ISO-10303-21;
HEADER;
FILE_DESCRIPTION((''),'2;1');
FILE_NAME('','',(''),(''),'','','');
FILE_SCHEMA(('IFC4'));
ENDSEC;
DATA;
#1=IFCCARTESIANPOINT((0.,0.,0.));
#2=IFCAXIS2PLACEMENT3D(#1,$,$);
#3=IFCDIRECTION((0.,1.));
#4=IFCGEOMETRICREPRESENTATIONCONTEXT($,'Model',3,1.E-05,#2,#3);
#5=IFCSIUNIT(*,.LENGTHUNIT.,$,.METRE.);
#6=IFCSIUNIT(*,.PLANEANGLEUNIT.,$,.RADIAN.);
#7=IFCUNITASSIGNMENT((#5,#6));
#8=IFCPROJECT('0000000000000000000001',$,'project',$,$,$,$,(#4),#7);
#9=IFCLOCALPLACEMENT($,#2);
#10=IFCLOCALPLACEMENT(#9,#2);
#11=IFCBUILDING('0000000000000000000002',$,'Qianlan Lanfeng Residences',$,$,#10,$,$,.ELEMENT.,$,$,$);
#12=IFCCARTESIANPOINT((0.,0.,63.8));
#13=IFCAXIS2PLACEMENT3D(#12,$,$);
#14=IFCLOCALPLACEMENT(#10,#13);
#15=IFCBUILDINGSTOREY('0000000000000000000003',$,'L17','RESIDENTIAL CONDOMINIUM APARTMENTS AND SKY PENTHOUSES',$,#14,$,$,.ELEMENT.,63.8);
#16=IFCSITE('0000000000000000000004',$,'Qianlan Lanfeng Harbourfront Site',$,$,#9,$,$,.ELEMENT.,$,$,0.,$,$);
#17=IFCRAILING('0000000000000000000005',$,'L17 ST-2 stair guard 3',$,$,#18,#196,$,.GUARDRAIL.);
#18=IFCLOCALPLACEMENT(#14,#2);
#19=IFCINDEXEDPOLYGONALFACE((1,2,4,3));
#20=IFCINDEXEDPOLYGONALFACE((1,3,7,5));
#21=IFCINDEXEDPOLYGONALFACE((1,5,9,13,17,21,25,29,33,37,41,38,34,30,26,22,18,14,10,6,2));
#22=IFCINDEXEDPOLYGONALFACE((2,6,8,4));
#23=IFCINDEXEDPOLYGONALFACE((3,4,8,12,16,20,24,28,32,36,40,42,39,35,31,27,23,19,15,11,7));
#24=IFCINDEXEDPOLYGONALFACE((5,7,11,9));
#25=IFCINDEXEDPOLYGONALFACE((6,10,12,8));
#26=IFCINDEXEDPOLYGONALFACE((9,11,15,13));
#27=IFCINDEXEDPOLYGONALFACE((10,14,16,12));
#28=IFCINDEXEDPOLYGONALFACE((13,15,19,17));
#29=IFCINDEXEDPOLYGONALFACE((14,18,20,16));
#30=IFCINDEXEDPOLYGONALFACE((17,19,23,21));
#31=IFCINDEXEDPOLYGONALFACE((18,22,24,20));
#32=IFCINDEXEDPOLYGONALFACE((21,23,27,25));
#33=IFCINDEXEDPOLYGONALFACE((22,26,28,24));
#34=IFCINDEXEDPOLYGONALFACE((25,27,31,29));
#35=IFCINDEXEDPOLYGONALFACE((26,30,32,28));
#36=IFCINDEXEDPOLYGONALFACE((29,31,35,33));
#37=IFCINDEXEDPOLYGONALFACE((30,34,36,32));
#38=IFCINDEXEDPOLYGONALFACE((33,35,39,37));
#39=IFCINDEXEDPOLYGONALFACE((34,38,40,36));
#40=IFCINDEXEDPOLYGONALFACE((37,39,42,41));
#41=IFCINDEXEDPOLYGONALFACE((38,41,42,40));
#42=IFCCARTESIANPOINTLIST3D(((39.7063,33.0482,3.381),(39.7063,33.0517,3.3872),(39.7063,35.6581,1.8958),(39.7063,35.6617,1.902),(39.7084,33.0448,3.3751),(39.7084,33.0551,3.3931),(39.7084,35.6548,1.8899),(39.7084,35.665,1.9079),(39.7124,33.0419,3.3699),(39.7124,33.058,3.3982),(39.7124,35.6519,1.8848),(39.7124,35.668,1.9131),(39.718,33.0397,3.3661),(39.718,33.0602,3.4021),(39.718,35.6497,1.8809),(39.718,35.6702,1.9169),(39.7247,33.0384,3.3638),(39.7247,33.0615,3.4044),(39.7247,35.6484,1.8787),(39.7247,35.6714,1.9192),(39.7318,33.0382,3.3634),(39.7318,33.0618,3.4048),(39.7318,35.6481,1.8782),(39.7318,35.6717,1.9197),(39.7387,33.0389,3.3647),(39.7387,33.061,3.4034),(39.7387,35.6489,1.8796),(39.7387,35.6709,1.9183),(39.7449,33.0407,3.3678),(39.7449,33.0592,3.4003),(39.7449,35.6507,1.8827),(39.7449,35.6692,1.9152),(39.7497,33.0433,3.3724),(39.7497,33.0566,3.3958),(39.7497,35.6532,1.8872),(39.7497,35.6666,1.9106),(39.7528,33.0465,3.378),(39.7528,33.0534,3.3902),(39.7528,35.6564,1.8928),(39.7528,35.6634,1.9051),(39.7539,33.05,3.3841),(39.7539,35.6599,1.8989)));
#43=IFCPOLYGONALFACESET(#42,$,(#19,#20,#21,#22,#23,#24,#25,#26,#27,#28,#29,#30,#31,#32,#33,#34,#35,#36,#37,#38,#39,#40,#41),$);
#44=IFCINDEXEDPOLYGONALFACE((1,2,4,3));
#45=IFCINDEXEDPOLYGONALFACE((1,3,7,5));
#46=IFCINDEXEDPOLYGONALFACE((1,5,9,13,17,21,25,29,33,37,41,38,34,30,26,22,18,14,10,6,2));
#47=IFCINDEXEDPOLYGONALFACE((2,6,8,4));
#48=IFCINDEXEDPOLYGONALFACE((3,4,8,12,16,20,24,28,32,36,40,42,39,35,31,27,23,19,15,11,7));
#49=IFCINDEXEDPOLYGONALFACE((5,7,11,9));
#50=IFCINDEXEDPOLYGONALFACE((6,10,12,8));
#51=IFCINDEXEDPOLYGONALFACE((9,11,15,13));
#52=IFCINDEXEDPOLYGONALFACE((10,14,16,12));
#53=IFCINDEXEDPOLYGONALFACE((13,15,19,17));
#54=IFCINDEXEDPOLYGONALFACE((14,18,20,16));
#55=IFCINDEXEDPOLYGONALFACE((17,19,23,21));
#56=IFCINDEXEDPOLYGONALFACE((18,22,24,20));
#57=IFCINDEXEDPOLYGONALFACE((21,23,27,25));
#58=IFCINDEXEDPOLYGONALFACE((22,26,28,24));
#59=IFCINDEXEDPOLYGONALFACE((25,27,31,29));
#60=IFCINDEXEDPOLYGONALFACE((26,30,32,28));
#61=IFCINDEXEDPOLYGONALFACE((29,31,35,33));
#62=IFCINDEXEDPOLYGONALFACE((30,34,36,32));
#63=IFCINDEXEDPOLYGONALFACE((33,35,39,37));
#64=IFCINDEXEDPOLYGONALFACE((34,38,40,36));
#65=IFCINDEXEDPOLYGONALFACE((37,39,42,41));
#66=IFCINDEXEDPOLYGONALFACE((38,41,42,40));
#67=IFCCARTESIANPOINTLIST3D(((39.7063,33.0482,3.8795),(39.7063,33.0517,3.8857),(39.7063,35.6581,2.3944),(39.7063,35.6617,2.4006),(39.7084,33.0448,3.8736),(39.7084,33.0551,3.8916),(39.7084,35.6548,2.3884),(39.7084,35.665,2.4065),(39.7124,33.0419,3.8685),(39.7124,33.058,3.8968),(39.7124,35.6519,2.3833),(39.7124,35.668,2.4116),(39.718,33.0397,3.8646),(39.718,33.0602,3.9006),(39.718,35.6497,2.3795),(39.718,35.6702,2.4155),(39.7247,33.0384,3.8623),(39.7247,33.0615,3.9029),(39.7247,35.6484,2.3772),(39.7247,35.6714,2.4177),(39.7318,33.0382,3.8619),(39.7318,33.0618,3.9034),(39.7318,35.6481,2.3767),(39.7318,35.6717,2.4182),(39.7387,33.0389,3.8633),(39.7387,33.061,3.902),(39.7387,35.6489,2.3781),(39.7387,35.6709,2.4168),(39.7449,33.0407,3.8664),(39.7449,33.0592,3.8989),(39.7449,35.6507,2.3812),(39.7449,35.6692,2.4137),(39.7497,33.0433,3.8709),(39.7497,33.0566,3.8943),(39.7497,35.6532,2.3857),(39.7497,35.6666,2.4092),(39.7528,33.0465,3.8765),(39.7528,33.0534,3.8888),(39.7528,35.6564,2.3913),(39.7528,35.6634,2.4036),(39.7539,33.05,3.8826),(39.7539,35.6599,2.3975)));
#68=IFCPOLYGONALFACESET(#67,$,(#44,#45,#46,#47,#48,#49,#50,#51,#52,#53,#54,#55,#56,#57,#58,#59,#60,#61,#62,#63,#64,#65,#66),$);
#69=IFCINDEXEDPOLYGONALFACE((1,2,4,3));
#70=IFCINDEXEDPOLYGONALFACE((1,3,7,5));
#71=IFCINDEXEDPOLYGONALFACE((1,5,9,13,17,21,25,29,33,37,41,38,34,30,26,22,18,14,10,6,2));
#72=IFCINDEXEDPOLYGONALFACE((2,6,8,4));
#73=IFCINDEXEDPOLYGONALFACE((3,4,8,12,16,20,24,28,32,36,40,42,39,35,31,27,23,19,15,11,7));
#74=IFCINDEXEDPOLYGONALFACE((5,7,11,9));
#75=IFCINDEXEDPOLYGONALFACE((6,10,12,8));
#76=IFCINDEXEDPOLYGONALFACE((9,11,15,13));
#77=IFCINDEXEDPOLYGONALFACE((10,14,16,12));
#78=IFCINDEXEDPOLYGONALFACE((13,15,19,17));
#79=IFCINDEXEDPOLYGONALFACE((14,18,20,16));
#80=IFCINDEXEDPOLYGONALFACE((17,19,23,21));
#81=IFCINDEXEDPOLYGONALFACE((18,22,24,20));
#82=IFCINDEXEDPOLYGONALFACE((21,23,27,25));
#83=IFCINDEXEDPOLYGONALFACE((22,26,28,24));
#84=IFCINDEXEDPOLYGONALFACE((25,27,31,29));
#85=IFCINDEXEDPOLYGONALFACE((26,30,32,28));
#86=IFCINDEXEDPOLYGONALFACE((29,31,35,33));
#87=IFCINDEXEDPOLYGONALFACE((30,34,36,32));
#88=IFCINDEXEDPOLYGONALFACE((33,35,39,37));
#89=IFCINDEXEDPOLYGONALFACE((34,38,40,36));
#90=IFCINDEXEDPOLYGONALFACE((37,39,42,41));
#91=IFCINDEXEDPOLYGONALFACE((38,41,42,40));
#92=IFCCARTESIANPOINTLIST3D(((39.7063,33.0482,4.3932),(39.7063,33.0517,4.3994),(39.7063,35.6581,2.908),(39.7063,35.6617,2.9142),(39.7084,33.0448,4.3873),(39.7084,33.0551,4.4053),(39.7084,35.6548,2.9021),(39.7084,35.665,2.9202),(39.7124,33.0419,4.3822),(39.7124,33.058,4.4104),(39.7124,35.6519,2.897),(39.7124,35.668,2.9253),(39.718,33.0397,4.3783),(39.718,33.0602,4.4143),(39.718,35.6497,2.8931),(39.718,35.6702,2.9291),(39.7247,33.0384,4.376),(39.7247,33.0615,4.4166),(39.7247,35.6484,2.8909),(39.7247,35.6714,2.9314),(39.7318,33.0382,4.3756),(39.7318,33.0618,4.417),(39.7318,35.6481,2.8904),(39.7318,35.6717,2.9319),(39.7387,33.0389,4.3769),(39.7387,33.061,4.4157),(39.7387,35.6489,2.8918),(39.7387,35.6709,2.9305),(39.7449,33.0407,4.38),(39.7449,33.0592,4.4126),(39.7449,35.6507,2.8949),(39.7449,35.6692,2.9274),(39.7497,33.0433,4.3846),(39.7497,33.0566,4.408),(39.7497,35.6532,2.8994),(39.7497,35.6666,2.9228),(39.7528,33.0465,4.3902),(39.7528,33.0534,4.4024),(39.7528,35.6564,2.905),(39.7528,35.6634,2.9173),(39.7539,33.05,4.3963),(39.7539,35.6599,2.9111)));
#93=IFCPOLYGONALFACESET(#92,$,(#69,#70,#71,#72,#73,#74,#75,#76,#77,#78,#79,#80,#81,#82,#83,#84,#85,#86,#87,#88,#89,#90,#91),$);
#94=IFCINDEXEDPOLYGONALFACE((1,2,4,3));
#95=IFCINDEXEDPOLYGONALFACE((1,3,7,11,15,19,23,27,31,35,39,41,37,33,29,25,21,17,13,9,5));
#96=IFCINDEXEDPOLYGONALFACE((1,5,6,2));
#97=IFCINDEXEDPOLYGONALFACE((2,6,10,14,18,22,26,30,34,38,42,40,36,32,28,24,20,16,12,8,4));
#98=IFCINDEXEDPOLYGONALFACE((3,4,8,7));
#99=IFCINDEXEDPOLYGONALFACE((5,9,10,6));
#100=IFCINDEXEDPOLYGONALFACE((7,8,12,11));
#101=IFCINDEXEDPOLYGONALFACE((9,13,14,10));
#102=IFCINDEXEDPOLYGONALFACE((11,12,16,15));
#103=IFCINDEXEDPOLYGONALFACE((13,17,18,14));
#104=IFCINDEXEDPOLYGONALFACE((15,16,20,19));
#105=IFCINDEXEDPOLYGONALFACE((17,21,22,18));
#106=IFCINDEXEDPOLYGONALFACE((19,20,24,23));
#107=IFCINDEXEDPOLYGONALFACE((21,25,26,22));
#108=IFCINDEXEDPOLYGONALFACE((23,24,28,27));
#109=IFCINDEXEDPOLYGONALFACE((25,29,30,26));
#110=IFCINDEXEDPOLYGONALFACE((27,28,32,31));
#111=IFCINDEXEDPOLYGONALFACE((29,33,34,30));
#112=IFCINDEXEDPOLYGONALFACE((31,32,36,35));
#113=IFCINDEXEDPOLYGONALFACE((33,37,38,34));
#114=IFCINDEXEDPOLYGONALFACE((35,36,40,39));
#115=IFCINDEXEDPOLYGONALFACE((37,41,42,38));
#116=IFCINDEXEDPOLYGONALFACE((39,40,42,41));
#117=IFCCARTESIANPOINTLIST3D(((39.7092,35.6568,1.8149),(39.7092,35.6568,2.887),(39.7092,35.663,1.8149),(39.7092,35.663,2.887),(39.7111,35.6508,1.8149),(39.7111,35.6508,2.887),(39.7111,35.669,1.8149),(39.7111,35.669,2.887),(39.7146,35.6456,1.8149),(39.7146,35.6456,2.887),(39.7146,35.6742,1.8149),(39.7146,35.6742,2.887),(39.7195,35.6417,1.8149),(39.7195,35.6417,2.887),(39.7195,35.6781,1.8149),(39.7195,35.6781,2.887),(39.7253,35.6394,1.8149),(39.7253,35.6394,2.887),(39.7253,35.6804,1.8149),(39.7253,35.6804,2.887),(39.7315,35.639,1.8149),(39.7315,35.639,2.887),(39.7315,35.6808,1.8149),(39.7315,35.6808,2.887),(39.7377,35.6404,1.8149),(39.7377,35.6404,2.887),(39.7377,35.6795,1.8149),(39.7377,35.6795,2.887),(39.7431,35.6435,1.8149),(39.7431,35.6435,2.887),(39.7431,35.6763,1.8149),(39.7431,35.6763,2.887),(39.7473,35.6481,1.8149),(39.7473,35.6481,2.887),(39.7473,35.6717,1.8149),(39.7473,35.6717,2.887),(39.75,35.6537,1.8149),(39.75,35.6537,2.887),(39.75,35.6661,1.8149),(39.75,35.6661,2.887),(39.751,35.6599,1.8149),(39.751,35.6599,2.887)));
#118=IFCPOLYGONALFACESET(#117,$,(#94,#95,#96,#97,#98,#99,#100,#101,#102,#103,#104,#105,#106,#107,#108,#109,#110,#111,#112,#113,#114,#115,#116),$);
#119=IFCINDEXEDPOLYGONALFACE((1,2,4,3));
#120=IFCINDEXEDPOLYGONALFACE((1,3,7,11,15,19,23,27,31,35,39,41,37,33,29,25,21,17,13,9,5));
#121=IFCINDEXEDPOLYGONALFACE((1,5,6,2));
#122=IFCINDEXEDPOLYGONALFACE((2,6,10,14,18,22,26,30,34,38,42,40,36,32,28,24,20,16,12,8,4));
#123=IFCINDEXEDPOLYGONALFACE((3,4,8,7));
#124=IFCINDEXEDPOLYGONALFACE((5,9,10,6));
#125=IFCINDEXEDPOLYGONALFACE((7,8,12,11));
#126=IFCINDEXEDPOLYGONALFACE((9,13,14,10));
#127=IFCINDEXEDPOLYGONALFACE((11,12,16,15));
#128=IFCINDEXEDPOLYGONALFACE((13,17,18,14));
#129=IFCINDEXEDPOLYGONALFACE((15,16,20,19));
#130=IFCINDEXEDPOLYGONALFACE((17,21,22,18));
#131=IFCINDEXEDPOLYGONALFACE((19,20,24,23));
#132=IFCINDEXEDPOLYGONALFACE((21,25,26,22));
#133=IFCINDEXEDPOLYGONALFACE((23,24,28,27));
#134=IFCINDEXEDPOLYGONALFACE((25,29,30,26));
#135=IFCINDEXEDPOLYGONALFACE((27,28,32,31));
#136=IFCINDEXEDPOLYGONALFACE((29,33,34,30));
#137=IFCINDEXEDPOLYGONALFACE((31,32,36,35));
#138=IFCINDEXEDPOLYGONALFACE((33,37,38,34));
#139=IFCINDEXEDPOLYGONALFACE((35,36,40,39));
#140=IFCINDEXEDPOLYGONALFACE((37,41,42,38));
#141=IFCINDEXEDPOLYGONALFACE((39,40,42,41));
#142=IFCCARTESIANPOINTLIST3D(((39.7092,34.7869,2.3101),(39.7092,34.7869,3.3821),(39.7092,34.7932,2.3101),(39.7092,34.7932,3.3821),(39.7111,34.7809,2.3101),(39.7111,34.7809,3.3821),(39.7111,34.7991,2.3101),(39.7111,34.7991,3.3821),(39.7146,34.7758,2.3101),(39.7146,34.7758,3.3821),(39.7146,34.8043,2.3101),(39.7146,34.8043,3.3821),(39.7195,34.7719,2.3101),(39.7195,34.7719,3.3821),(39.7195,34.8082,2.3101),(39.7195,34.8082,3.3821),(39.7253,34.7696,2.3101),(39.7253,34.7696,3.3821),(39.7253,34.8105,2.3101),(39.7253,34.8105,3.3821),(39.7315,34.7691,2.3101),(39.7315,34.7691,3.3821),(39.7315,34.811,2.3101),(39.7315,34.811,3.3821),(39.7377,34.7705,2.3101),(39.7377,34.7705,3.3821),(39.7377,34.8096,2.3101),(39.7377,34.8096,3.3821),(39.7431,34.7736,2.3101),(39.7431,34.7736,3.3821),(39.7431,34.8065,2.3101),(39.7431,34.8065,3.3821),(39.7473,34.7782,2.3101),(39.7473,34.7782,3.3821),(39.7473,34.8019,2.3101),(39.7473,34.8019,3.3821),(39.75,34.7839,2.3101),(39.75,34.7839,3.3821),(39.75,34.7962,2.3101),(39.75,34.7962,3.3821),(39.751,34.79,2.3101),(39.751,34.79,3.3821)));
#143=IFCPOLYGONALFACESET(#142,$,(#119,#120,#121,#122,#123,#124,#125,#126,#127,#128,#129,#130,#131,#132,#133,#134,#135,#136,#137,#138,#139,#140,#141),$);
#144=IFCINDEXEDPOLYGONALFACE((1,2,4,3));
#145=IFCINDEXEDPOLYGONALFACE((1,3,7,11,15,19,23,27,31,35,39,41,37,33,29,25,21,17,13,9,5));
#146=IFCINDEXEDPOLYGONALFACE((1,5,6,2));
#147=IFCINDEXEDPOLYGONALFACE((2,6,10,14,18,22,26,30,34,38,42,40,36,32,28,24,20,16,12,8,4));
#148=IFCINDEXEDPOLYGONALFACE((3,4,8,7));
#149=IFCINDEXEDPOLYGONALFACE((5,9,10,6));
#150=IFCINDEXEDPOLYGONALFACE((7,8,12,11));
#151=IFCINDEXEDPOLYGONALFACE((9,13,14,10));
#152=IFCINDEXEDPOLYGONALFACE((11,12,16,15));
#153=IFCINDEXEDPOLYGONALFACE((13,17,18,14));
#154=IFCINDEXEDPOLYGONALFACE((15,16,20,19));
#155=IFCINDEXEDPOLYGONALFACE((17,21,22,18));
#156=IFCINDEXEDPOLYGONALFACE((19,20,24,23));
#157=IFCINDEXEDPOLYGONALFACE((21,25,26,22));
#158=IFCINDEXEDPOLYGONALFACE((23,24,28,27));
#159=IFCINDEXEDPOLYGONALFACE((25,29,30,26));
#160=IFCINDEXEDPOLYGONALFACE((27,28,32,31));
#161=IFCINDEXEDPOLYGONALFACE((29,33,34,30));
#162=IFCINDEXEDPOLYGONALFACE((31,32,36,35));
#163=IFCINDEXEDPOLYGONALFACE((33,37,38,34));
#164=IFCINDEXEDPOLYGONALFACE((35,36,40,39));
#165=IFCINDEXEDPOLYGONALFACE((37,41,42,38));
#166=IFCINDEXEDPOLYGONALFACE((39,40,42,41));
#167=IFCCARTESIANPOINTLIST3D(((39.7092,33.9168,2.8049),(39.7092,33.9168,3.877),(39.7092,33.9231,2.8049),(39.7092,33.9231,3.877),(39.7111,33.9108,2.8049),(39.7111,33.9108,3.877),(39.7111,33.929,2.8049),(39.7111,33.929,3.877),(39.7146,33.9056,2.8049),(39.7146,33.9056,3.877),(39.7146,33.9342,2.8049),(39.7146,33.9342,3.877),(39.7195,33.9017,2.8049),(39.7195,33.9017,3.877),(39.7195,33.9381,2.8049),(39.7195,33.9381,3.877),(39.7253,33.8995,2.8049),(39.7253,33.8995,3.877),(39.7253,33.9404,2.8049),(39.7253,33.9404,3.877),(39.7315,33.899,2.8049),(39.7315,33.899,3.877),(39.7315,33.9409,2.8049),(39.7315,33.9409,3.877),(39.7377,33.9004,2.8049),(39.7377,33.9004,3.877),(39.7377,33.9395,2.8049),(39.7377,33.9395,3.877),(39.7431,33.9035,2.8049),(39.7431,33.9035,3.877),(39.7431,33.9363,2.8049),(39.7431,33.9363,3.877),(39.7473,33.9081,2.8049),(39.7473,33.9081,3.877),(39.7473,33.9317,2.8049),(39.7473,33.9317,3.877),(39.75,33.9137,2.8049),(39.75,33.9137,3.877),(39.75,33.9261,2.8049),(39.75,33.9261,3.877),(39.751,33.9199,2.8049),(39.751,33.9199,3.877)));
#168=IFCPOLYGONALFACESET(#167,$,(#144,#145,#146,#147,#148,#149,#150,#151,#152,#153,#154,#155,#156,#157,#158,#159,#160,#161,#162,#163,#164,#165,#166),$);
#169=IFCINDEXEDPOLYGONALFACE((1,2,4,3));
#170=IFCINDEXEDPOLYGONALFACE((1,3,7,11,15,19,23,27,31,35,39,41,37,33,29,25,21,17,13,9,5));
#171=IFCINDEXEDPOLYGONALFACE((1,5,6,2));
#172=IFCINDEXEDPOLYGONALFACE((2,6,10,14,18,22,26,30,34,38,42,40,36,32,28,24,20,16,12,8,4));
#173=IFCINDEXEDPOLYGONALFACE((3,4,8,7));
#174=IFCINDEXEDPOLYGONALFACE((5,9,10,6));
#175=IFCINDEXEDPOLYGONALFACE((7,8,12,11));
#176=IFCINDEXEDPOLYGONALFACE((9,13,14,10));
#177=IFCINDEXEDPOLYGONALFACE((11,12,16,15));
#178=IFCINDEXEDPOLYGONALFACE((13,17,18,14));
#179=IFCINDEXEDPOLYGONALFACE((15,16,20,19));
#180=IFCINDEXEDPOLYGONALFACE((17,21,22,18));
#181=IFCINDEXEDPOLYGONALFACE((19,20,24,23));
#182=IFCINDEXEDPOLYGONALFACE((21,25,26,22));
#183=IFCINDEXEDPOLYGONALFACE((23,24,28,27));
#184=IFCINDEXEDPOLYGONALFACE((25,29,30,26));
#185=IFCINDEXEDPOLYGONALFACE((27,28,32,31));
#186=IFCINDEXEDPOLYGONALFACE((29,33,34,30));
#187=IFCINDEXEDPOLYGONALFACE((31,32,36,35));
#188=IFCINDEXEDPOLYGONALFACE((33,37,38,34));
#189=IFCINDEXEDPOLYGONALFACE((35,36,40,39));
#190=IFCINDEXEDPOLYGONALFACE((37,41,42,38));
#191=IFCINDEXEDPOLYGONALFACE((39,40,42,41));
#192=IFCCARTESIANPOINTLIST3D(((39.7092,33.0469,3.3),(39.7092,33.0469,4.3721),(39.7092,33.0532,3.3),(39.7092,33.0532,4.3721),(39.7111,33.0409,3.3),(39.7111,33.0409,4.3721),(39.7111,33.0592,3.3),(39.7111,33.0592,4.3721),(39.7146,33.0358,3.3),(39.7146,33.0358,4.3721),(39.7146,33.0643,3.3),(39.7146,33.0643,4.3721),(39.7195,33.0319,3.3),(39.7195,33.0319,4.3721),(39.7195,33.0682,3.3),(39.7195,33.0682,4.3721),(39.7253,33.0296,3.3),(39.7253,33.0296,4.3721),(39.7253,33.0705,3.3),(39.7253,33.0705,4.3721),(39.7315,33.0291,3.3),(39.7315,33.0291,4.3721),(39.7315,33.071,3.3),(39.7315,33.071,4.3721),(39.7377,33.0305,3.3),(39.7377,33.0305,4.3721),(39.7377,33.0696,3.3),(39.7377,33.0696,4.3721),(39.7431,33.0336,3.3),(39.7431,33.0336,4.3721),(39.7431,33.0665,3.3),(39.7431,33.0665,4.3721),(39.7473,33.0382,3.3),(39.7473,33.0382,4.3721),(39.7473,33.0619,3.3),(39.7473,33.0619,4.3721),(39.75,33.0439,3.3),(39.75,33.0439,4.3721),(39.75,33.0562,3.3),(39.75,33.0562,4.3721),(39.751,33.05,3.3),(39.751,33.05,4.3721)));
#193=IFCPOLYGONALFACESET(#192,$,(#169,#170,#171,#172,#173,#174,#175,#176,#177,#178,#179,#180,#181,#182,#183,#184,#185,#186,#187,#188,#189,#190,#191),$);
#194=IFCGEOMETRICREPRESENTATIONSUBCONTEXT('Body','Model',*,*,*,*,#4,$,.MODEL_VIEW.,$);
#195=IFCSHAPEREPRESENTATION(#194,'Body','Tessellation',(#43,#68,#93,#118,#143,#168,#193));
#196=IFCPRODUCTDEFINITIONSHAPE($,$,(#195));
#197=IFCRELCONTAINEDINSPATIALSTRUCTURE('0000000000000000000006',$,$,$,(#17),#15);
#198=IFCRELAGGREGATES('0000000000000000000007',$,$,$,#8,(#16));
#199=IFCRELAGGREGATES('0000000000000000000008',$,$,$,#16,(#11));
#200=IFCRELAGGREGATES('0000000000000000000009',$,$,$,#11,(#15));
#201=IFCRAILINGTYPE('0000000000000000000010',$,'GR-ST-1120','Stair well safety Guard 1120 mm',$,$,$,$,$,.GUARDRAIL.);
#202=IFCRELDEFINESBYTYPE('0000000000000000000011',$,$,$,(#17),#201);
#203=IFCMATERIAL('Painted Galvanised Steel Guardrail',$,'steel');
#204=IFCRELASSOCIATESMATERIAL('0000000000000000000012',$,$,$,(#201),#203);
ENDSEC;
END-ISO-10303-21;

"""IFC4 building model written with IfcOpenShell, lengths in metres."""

from ifc_helpers import new_model, si_unit, direction, frame, origin, origin_2d, place, context, subcontext, project, spatial, circle, extrude, material, type_object, element, save


model = new_model("IFC4")

# Units and contexts
model_context = context("Model", 3, precision=1e-05, world=origin(), true_north=direction((0.0, 1.0)))
body_context = subcontext(model_context, "Body", "Model", "MODEL_VIEW")
ifc_project = project(units=[si_unit("LENGTHUNIT", "METRE"), si_unit("PLANEANGLEUNIT", "RADIAN")], contexts=[model_context])

# Site, building, storey
site_placement = place(None, origin())
site = spatial("IfcSite", under=ifc_project, at=site_placement, Name="Qianlan Lanfeng Harbourfront Site", CompositionType="ELEMENT", RefElevation=0.0)
building_placement = place(site_placement, origin())
building = spatial("IfcBuilding", under=site, at=building_placement, Name="Qianlan Lanfeng Residences", CompositionType="ELEMENT")
storey_placement = place(building_placement, frame((0.0, 0.0, 63.8)))
storey = spatial("IfcBuildingStorey", under=building, at=storey_placement, Name="L17", Description="RESIDENTIAL CONDOMINIUM APARTMENTS AND SKY PENTHOUSES", CompositionType="ELEMENT", Elevation=63.8)

# Railing
ifc_material_1 = material(Name="Painted Galvanised Steel Guardrail", Category="steel")
railing_type_1 = type_object("IfcRailingType", Name="GR-ST-1120", Description="Stair well safety Guard 1120 mm", PredefinedType="GUARDRAIL", material=ifc_material_1)
railing_1_placement = place(storey_placement, frame((39.73, 35.6599, 1.8149)))
element("IfcRailing", 1, at=railing_1_placement, inside=storey, type_object=railing_type_1, Name="L17 ST-2 stair guard 3", PredefinedType="GUARDRAIL", context=body_context, shape_type="SweptSolid", body=[
    extrude(circle(Radius=0.0239, at=origin_2d()), frame((0.0, 0.0, 0.084), z_axis=(0.0, -0.869137, 0.494571), x_axis=(1.0, 0.0, 0.0)), (0.0, 0.0, 1.0), 3.0029),
    extrude(circle(Radius=0.0239, at=origin_2d()), frame((0.0, 0.0, 0.5825), z_axis=(0.0, -0.869137, 0.494571), x_axis=(1.0, 0.0, 0.0)), (0.0, 0.0, 1.0), 3.0029),
    extrude(circle(Radius=0.0239, at=origin_2d()), frame((0.0, 0.0, 1.0962), z_axis=(0.0, -0.869137, 0.494571), x_axis=(1.0, 0.0, 0.0)), (0.0, 0.0, 1.0), 3.0029),
    extrude(circle(Radius=0.021, at=origin_2d()), origin(), (0.0, 0.0, 1.0), 1.072),
    extrude(circle(Radius=0.021, at=origin_2d()), frame((0.0, -0.8699, 0.4951)), (0.0, 0.0, 1.0), 1.072),
    extrude(circle(Radius=0.021, at=origin_2d()), frame((0.0, -1.74, 0.99)), (0.0, 0.0, 1.0), 1.072),
    extrude(circle(Radius=0.021, at=origin_2d()), frame((0.0, -2.6099, 1.4851)), (0.0, 0.0, 1.0), 1.072),
])

save(model, "model.ifc")
